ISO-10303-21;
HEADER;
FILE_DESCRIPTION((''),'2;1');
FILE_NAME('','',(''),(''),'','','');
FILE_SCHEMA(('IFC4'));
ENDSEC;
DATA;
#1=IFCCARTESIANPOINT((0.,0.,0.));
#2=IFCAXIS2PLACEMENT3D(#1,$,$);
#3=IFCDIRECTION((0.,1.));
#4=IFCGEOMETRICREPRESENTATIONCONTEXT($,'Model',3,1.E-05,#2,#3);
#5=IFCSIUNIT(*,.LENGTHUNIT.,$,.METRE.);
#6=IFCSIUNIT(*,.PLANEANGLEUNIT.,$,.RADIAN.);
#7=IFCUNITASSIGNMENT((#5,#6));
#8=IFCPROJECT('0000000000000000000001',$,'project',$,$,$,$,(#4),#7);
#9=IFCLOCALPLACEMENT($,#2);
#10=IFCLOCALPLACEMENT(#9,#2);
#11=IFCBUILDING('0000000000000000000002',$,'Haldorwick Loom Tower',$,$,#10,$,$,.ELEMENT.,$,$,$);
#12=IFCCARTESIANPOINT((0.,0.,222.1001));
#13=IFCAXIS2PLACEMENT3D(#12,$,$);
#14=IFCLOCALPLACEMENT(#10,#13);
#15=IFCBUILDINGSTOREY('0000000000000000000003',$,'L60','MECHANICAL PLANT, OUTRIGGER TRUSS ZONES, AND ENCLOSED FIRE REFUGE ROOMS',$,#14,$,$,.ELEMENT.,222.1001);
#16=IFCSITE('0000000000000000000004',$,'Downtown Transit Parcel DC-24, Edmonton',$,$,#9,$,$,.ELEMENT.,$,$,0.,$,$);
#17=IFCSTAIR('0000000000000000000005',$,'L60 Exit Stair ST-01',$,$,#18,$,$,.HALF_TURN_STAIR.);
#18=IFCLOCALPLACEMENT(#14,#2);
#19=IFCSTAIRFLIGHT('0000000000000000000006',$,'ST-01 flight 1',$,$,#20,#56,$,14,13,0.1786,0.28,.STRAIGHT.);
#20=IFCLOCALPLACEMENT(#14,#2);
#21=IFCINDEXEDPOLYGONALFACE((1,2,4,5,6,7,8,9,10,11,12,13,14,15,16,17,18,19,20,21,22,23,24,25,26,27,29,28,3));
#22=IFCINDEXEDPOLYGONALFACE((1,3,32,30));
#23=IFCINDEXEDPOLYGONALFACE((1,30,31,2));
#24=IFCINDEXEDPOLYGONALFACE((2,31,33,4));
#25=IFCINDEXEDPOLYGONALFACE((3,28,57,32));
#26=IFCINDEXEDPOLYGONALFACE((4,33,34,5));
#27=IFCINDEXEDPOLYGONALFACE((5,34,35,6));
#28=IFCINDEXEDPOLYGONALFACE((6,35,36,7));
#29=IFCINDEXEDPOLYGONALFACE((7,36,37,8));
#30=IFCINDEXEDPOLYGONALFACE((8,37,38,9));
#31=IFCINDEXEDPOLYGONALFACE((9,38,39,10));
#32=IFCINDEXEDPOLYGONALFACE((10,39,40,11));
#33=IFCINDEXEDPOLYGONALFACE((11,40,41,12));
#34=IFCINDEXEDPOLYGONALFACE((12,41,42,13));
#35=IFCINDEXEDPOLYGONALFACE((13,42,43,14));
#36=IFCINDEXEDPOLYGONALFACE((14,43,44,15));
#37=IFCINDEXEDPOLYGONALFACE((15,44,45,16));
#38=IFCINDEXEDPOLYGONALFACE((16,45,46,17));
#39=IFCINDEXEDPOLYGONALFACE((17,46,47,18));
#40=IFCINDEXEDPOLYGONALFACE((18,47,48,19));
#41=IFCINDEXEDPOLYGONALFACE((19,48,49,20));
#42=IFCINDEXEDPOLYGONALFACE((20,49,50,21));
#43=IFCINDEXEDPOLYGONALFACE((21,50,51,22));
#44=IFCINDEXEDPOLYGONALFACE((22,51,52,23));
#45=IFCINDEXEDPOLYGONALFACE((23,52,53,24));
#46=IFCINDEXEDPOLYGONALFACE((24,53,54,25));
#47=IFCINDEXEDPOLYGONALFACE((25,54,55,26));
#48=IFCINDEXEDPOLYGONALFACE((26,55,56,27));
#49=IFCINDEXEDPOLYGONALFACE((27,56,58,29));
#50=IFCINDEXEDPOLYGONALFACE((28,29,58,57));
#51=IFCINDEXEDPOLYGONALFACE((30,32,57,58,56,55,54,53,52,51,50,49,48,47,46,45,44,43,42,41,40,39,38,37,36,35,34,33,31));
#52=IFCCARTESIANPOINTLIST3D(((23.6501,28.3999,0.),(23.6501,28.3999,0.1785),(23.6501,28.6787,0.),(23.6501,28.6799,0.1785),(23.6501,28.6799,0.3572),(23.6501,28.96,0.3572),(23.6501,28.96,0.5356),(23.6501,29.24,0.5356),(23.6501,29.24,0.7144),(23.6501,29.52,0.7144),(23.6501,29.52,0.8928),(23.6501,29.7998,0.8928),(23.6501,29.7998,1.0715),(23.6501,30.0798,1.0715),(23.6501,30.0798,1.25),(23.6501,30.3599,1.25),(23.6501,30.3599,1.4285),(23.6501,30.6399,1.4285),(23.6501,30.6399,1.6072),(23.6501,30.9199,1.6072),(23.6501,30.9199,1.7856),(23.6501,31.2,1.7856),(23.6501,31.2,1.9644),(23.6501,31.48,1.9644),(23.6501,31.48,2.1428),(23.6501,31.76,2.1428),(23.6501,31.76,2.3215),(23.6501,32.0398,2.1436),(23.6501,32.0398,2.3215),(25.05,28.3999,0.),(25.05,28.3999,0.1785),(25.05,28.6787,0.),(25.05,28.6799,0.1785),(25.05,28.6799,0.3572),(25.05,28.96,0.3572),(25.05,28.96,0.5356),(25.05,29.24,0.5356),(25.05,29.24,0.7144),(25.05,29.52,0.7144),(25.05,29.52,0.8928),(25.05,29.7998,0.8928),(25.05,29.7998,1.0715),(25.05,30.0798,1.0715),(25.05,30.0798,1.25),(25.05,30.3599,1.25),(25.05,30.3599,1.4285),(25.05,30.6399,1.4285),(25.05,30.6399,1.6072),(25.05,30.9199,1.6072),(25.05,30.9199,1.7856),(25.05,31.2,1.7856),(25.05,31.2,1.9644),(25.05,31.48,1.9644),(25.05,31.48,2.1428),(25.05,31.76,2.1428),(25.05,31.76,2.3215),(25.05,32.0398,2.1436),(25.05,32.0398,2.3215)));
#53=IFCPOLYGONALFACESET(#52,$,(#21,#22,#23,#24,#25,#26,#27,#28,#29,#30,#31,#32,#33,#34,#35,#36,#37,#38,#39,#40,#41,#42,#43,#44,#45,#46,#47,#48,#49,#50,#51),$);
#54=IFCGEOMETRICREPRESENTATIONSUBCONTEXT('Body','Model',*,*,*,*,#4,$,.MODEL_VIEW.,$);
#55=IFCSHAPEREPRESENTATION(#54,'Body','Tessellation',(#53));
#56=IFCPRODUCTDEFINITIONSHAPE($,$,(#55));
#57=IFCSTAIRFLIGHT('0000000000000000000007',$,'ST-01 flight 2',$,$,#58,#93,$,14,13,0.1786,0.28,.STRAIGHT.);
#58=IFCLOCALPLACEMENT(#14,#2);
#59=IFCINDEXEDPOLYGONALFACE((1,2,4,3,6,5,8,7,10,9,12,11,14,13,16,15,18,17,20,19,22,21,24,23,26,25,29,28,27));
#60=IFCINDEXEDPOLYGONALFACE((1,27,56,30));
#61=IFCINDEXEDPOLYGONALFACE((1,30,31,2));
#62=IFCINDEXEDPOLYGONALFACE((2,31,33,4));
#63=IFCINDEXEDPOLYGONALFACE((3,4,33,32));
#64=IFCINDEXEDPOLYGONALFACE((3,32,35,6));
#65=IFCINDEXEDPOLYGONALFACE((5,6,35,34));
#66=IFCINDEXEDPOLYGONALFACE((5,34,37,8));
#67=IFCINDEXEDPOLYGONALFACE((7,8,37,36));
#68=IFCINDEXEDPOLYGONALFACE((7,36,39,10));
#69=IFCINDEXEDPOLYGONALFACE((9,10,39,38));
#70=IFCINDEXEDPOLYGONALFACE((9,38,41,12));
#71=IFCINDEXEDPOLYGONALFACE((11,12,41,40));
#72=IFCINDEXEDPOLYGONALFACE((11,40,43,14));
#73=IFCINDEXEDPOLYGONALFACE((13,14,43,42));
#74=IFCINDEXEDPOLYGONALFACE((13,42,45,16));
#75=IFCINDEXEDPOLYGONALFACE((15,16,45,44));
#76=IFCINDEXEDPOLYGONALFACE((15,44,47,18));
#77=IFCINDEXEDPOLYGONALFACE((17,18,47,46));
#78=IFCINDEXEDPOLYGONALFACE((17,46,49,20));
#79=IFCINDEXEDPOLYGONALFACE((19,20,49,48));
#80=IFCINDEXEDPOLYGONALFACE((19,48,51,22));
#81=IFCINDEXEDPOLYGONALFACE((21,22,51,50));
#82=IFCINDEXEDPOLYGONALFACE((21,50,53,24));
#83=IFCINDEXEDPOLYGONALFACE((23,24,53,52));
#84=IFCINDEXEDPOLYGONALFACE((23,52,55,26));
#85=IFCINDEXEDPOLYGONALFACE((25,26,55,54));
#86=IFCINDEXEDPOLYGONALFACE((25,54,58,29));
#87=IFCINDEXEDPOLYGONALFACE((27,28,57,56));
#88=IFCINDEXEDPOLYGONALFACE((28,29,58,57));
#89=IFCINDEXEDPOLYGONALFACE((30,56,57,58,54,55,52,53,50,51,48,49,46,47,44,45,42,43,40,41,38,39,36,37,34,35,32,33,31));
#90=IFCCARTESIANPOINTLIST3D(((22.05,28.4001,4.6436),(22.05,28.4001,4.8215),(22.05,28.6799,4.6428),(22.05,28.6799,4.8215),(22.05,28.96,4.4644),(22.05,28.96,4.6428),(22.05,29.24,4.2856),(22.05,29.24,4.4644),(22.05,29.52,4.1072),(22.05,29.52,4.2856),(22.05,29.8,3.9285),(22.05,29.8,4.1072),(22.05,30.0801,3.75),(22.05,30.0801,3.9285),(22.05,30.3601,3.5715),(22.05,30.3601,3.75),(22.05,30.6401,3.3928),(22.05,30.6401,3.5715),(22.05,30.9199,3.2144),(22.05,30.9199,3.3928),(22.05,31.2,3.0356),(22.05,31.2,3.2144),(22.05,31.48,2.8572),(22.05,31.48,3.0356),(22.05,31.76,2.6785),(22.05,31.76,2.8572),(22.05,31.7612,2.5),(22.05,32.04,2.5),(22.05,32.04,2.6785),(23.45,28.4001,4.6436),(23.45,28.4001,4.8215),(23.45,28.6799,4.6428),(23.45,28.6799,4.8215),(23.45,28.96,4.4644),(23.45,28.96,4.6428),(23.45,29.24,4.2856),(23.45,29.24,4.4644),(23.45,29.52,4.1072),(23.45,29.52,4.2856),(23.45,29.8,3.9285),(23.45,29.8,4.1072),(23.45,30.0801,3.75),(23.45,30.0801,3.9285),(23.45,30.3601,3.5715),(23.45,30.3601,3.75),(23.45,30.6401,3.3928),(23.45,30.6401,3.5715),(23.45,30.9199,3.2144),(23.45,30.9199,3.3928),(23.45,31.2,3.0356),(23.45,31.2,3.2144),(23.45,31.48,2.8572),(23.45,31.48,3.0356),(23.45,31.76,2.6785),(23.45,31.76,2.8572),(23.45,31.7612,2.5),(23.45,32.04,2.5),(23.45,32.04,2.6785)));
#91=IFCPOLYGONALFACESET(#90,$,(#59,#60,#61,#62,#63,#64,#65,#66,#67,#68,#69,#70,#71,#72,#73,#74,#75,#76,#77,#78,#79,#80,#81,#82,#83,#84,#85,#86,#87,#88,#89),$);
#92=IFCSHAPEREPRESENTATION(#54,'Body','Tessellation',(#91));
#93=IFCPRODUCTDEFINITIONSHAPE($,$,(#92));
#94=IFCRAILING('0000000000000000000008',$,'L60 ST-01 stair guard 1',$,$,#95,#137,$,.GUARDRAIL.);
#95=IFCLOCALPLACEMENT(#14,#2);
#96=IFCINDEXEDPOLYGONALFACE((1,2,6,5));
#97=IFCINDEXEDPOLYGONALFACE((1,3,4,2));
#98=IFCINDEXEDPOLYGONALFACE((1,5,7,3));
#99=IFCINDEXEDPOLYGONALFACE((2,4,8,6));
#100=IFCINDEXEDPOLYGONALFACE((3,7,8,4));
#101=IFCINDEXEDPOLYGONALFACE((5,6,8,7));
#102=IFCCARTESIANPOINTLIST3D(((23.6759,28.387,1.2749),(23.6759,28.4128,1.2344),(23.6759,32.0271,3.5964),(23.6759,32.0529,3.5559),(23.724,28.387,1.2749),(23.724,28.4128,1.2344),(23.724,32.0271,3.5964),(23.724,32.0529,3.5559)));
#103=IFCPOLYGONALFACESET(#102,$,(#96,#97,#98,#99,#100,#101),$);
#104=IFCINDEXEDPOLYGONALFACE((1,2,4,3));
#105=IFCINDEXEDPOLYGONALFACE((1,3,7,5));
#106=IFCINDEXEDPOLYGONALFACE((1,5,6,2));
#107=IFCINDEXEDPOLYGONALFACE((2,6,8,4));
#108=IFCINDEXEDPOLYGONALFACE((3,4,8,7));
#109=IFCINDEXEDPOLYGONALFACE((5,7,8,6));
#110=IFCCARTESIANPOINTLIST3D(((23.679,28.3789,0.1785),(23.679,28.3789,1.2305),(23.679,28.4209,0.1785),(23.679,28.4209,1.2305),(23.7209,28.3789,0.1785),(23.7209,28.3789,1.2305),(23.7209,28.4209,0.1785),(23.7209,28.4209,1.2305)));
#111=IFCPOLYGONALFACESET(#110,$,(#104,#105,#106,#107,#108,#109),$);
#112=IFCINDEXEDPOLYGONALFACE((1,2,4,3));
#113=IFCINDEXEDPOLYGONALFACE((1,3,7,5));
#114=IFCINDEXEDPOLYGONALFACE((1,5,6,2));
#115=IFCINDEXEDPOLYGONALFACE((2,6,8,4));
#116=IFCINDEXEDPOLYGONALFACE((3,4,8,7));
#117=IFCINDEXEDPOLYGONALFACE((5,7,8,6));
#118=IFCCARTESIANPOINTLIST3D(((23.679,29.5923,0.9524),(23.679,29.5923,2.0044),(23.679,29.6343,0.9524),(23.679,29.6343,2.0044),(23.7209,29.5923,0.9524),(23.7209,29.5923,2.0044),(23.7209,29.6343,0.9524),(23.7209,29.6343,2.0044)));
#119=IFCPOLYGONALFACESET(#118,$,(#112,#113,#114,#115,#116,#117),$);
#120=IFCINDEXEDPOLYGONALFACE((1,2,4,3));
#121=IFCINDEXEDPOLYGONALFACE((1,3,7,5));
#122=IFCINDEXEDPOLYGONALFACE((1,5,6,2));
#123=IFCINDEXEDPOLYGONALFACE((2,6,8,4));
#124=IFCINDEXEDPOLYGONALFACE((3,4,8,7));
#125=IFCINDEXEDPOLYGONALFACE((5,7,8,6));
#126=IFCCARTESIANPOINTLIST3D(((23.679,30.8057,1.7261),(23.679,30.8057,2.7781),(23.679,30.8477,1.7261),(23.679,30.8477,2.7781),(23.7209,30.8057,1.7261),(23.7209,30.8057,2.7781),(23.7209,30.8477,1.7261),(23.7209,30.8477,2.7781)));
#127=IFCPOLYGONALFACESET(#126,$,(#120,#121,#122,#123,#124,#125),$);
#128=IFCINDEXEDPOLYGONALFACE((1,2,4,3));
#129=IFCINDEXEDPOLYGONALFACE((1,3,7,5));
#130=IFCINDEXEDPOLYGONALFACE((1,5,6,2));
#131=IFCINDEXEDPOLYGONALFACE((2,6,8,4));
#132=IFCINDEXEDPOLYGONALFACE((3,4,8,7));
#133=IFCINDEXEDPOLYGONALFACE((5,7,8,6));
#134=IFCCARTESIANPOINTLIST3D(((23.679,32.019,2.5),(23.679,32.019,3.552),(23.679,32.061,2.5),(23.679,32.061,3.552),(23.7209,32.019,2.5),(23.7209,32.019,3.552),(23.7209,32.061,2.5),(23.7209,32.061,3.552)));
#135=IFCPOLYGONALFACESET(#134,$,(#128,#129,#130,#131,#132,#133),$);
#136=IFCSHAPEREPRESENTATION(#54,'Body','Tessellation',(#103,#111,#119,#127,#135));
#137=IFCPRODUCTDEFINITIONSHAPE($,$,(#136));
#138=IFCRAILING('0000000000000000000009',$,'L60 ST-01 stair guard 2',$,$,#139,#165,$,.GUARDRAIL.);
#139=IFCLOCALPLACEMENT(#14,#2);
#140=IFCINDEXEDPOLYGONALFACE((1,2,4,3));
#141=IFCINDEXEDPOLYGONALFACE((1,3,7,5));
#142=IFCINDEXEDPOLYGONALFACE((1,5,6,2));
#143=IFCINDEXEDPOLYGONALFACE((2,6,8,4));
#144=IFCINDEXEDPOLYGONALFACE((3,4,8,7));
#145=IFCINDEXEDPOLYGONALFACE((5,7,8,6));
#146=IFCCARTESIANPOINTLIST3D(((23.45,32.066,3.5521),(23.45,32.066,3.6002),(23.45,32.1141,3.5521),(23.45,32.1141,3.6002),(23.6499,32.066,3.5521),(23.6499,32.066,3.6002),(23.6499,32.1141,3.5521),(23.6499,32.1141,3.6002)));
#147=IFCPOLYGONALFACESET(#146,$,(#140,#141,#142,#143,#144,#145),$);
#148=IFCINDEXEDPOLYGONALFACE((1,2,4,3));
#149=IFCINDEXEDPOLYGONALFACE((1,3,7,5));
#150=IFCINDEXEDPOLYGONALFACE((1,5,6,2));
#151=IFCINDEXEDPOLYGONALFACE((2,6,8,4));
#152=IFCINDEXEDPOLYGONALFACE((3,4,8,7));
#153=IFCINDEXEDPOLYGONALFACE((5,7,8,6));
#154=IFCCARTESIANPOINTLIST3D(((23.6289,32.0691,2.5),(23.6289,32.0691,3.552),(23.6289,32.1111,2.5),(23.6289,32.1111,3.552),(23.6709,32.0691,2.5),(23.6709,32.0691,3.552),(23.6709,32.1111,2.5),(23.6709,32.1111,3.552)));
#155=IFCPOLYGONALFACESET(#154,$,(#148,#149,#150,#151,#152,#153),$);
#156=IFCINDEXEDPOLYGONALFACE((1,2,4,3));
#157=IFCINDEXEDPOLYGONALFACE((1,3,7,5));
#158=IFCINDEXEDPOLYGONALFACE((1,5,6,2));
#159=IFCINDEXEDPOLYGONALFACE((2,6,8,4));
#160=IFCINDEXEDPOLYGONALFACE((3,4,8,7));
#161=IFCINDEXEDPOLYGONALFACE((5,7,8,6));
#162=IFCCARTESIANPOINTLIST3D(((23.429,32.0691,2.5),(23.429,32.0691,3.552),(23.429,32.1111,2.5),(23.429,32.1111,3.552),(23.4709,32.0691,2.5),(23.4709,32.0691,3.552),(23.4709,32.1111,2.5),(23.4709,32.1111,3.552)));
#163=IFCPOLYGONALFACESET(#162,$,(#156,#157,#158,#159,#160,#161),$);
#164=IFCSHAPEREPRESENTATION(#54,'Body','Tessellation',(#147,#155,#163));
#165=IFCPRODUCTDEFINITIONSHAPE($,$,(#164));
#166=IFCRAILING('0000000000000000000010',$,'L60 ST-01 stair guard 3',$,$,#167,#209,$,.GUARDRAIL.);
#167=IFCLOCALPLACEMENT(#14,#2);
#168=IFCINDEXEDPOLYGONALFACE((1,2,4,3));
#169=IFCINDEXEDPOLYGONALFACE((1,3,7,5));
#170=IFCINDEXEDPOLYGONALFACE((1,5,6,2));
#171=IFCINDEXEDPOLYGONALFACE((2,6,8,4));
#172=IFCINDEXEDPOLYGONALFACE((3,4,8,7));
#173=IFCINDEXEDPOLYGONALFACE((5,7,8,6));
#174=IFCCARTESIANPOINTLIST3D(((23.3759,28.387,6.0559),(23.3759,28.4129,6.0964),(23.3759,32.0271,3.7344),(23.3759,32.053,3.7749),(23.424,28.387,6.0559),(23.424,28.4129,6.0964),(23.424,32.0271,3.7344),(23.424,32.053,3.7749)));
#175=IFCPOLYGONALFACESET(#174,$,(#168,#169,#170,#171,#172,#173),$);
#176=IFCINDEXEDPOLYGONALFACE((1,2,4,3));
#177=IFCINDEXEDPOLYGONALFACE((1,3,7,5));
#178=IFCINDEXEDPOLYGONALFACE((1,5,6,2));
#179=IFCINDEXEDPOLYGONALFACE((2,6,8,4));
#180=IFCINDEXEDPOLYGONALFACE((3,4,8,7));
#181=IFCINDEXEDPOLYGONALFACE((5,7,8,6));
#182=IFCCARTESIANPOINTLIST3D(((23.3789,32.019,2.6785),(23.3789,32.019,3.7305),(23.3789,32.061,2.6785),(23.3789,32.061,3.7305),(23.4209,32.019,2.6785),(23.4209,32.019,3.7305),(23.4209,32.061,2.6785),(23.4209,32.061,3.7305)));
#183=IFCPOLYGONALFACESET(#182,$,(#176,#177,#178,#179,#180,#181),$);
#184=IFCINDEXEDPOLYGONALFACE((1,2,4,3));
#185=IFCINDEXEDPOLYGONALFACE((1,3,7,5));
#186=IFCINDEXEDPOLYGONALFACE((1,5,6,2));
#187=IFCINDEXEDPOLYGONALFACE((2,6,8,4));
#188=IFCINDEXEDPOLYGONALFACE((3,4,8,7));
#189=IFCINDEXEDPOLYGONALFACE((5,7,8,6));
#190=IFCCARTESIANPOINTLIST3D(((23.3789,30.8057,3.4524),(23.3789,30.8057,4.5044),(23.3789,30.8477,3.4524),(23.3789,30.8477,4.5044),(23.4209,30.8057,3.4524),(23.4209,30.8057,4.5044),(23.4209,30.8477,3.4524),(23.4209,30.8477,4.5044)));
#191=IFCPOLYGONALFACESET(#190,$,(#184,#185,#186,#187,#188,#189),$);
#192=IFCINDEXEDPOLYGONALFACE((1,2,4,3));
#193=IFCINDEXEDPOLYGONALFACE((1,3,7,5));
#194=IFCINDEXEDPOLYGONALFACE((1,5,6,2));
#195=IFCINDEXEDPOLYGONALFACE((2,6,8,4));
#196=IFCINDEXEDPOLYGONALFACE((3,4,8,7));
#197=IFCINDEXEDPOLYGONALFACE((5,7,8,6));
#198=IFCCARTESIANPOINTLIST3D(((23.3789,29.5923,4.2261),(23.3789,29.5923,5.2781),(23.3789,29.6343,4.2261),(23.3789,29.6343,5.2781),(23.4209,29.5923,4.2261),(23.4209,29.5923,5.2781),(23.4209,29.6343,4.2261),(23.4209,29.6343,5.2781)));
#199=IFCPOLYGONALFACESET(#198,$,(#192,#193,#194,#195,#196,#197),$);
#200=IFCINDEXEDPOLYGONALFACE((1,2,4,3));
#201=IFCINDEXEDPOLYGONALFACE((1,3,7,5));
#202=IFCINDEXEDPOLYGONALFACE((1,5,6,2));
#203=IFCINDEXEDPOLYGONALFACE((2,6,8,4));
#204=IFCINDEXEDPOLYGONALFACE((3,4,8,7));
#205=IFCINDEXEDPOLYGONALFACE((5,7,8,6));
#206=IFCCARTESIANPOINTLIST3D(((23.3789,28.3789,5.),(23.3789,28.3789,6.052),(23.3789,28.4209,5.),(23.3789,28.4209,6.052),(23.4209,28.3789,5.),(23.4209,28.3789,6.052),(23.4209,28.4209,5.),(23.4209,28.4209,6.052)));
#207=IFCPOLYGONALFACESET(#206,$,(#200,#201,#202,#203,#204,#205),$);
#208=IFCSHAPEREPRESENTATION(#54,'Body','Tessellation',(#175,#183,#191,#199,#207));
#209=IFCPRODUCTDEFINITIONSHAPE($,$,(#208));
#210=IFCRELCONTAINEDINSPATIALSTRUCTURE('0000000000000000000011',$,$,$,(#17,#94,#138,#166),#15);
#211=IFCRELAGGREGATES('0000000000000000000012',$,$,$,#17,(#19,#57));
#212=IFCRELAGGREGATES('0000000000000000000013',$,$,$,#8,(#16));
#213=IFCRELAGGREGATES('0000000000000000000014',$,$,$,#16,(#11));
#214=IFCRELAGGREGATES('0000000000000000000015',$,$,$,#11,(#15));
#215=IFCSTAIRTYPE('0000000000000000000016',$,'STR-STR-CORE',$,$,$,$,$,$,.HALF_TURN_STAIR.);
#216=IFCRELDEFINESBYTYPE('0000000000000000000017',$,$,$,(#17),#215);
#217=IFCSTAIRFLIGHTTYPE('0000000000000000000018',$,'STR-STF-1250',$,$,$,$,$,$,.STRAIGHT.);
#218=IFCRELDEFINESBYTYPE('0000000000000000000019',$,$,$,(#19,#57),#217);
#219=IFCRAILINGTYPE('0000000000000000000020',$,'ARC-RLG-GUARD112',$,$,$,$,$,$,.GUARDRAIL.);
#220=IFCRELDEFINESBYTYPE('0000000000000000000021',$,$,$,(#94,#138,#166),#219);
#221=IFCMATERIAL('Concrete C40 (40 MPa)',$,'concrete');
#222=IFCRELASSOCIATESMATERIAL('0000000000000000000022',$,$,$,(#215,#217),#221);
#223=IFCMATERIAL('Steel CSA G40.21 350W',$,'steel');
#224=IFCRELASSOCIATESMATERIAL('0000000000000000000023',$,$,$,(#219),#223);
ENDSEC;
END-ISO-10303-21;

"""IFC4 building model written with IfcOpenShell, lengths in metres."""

from ifc_helpers import new_model, si_unit, direction, frame, origin, origin_2d, place, context, subcontext, project, spatial, polyline, rectangle, outline, extrude, material, type_object, element, aggregate, save


model = new_model("IFC4")

# Units and contexts
model_context = context("Model", 3, precision=1e-05, world=origin(), true_north=direction((0.0, 1.0)))
body_context = subcontext(model_context, "Body", "Model", "MODEL_VIEW")
ifc_project = project(units=[si_unit("LENGTHUNIT", "METRE"), si_unit("PLANEANGLEUNIT", "RADIAN")], contexts=[model_context])

# Site, building, storey
site_placement = place(None, origin())
site = spatial("IfcSite", under=ifc_project, at=site_placement, Name="Downtown Transit Parcel DC-24, Edmonton", CompositionType="ELEMENT", RefElevation=0.0)
building_placement = place(site_placement, origin())
building = spatial("IfcBuilding", under=site, at=building_placement, Name="Haldorwick Loom Tower", CompositionType="ELEMENT")
storey_placement = place(building_placement, frame((0.0, 0.0, 222.1001)))
storey = spatial("IfcBuildingStorey", under=building, at=storey_placement, Name="L60", Description="MECHANICAL PLANT, OUTRIGGER TRUSS ZONES, AND ENCLOSED FIRE REFUGE ROOMS", CompositionType="ELEMENT", Elevation=222.1001)

# Shared definitions
ifc_material_1 = material(Name="Steel CSA G40.21 350W", Category="steel")

# Stair, stair flights
ifc_material_2 = material(Name="Concrete C40 (40 MPa)", Category="concrete")
stair_type = type_object("IfcStairType", Name="STR-STR-CORE", PredefinedType="HALF_TURN_STAIR", material=ifc_material_2)
stair_placement = place(storey_placement, origin())
stair = element("IfcStair", 1, at=stair_placement, inside=storey, type_object=stair_type, Name="L60 Exit Stair ST-01", PredefinedType="HALF_TURN_STAIR")
stair_flight_type = type_object("IfcStairFlightType", Name="STR-STF-1250", PredefinedType="STRAIGHT", material=ifc_material_2)
stair_flight_1_placement = place(storey_placement, frame((24.3501, 28.3999, 0.0), z_axis=(0.0, 0.0, 1.0), x_axis=(0.0, 1.0, 0.0)))
stair_flight_1 = element("IfcStairFlight", 2, at=stair_flight_1_placement, type_object=stair_flight_type, Name="ST-01 flight 1", NumberOfRisers=14, NumberOfTreads=13, PredefinedType="STRAIGHT", RiserHeight=0.1786, TreadLength=0.28, context=body_context, shape_type="SweptSolid", body=[
    extrude(outline(polyline([(0.0, 0.0), (0.0, 0.1785), (0.28, 0.1785), (0.28, 0.3572), (0.5601, 0.3572), (0.5601, 0.5356), (0.8401, 0.5356), (0.8401, 0.7144), (1.1201, 0.7144), (1.1201, 0.8928), (1.3999, 0.8928), (1.3999, 1.0715), (1.6799, 1.0715), (1.6799, 1.25), (1.96, 1.25), (1.96, 1.4285), (2.24, 1.4285), (2.24, 1.6072), (2.52, 1.6072), (2.52, 1.7856), (2.8, 1.7856), (2.8, 1.9644), (3.0801, 1.9644), (3.0801, 2.1428), (3.3601, 2.1428), (3.3601, 2.3215), (3.6399, 2.3215), (3.6399, 2.5), (3.6399, 2.1436), (0.2788, 0.0), (0.0, 0.0)])), frame((0.0, 0.7, 0.0), z_axis=(0.0, -1.0, 0.0), x_axis=(1.0, 0.0, 0.0)), (0.0, 0.0, 1.0), 1.3999),
])
stair_flight_2_placement = place(storey_placement, frame((22.75, 32.04, 2.5), z_axis=(0.0, 0.0, 1.0), x_axis=(0.0, -1.0, 0.0)))
stair_flight_2 = element("IfcStairFlight", 3, at=stair_flight_2_placement, type_object=stair_flight_type, Name="ST-01 flight 2", NumberOfRisers=14, NumberOfTreads=13, PredefinedType="STRAIGHT", RiserHeight=0.1786, TreadLength=0.28, context=body_context, shape_type="SweptSolid", body=[
    extrude(outline(polyline([(0.0, 0.0), (0.0, 0.1785), (0.28, 0.1785), (0.28, 0.3572), (0.5601, 0.3572), (0.5601, 0.5356), (0.8401, 0.5356), (0.8401, 0.7144), (1.1201, 0.7144), (1.1201, 0.8928), (1.3999, 0.8928), (1.3999, 1.0715), (1.6799, 1.0715), (1.6799, 1.25), (1.96, 1.25), (1.96, 1.4285), (2.24, 1.4285), (2.24, 1.6072), (2.52, 1.6072), (2.52, 1.7856), (2.8, 1.7856), (2.8, 1.9644), (3.0801, 1.9644), (3.0801, 2.1428), (3.3601, 2.1428), (3.3601, 2.3215), (3.6399, 2.3215), (3.6399, 2.5), (3.6399, 2.1436), (0.2788, 0.0), (0.0, 0.0)])), frame((0.0, 0.7, 0.0), z_axis=(0.0, -1.0, 0.0), x_axis=(1.0, 0.0, 0.0)), (0.0, 0.0, 1.0), 1.3999),
])
aggregate(stair, [stair_flight_1, stair_flight_2])

# Railings
railing_type_1 = type_object("IfcRailingType", Name="ARC-RLG-GUARD112", PredefinedType="GUARDRAIL", material=ifc_material_1)
railing_1_placement = place(storey_placement, frame((23.7, 28.3999, 0.1785)))
element("IfcRailing", 4, at=railing_1_placement, inside=storey, type_object=railing_type_1, Name="L60 ST-01 stair guard 1", PredefinedType="GUARDRAIL", context=body_context, shape_type="SweptSolid", body=[
    extrude(rectangle(XDim=0.0481, YDim=0.0481, at=origin_2d()), frame((0.0, 0.0, 1.0762), z_axis=(0.0, 0.843128, 0.537713), x_axis=(-1.0, 0.0, 0.0)), (0.0, 0.0, 1.0), 4.3174),
    extrude(rectangle(XDim=0.042, YDim=0.042, at=origin_2d()), origin(), (0.0, 0.0, 1.0), 1.052),
    extrude(rectangle(XDim=0.042, YDim=0.042, at=origin_2d()), frame((0.0, 1.2134, 0.7739)), (0.0, 0.0, 1.0), 1.052),
    extrude(rectangle(XDim=0.042, YDim=0.042, at=origin_2d()), frame((0.0, 2.4268, 1.5476)), (0.0, 0.0, 1.0), 1.052),
    extrude(rectangle(XDim=0.042, YDim=0.042, at=origin_2d()), frame((0.0, 3.6401, 2.3215)), (0.0, 0.0, 1.0), 1.052),
])
railing_2_placement = place(storey_placement, frame((23.6499, 32.0901, 2.5)))
element("IfcRailing", 5, at=railing_2_placement, inside=storey, type_object=railing_type_1, Name="L60 ST-01 stair guard 2", PredefinedType="GUARDRAIL", context=body_context, shape_type="SweptSolid", body=[
    extrude(rectangle(XDim=0.0481, YDim=0.0481, at=origin_2d()), frame((0.0, 0.0, 1.0762), z_axis=(-1.0, 0.0, 0.0), x_axis=(0.0, -1.0, 0.0)), (0.0, 0.0, 1.0), 0.2),
    extrude(rectangle(XDim=0.042, YDim=0.042, at=origin_2d()), origin(), (0.0, 0.0, 1.0), 1.052),
    extrude(rectangle(XDim=0.042, YDim=0.042, at=origin_2d()), frame((-0.2, 0.0, 0.0)), (0.0, 0.0, 1.0), 1.052),
])
railing_3_placement = place(storey_placement, frame((23.3999, 32.04, 2.6785)))
element("IfcRailing", 6, at=railing_3_placement, inside=storey, type_object=railing_type_1, Name="L60 ST-01 stair guard 3", PredefinedType="GUARDRAIL", context=body_context, shape_type="SweptSolid", body=[
    extrude(rectangle(XDim=0.0481, YDim=0.0481, at=origin_2d()), frame((0.0, 0.0, 1.0762), z_axis=(0.0, -0.843128, 0.537713), x_axis=(1.0, 0.0, 0.0)), (0.0, 0.0, 1.0), 4.3174),
    extrude(rectangle(XDim=0.042, YDim=0.042, at=origin_2d()), origin(), (0.0, 0.0, 1.0), 1.052),
    extrude(rectangle(XDim=0.042, YDim=0.042, at=origin_2d()), frame((0.0, -1.2134, 0.7739)), (0.0, 0.0, 1.0), 1.052),
    extrude(rectangle(XDim=0.042, YDim=0.042, at=origin_2d()), frame((0.0, -2.4268, 1.5476)), (0.0, 0.0, 1.0), 1.052),
    extrude(rectangle(XDim=0.042, YDim=0.042, at=origin_2d()), frame((0.0, -3.6401, 2.3215)), (0.0, 0.0, 1.0), 1.052),
])

save(model, "model.ifc")
